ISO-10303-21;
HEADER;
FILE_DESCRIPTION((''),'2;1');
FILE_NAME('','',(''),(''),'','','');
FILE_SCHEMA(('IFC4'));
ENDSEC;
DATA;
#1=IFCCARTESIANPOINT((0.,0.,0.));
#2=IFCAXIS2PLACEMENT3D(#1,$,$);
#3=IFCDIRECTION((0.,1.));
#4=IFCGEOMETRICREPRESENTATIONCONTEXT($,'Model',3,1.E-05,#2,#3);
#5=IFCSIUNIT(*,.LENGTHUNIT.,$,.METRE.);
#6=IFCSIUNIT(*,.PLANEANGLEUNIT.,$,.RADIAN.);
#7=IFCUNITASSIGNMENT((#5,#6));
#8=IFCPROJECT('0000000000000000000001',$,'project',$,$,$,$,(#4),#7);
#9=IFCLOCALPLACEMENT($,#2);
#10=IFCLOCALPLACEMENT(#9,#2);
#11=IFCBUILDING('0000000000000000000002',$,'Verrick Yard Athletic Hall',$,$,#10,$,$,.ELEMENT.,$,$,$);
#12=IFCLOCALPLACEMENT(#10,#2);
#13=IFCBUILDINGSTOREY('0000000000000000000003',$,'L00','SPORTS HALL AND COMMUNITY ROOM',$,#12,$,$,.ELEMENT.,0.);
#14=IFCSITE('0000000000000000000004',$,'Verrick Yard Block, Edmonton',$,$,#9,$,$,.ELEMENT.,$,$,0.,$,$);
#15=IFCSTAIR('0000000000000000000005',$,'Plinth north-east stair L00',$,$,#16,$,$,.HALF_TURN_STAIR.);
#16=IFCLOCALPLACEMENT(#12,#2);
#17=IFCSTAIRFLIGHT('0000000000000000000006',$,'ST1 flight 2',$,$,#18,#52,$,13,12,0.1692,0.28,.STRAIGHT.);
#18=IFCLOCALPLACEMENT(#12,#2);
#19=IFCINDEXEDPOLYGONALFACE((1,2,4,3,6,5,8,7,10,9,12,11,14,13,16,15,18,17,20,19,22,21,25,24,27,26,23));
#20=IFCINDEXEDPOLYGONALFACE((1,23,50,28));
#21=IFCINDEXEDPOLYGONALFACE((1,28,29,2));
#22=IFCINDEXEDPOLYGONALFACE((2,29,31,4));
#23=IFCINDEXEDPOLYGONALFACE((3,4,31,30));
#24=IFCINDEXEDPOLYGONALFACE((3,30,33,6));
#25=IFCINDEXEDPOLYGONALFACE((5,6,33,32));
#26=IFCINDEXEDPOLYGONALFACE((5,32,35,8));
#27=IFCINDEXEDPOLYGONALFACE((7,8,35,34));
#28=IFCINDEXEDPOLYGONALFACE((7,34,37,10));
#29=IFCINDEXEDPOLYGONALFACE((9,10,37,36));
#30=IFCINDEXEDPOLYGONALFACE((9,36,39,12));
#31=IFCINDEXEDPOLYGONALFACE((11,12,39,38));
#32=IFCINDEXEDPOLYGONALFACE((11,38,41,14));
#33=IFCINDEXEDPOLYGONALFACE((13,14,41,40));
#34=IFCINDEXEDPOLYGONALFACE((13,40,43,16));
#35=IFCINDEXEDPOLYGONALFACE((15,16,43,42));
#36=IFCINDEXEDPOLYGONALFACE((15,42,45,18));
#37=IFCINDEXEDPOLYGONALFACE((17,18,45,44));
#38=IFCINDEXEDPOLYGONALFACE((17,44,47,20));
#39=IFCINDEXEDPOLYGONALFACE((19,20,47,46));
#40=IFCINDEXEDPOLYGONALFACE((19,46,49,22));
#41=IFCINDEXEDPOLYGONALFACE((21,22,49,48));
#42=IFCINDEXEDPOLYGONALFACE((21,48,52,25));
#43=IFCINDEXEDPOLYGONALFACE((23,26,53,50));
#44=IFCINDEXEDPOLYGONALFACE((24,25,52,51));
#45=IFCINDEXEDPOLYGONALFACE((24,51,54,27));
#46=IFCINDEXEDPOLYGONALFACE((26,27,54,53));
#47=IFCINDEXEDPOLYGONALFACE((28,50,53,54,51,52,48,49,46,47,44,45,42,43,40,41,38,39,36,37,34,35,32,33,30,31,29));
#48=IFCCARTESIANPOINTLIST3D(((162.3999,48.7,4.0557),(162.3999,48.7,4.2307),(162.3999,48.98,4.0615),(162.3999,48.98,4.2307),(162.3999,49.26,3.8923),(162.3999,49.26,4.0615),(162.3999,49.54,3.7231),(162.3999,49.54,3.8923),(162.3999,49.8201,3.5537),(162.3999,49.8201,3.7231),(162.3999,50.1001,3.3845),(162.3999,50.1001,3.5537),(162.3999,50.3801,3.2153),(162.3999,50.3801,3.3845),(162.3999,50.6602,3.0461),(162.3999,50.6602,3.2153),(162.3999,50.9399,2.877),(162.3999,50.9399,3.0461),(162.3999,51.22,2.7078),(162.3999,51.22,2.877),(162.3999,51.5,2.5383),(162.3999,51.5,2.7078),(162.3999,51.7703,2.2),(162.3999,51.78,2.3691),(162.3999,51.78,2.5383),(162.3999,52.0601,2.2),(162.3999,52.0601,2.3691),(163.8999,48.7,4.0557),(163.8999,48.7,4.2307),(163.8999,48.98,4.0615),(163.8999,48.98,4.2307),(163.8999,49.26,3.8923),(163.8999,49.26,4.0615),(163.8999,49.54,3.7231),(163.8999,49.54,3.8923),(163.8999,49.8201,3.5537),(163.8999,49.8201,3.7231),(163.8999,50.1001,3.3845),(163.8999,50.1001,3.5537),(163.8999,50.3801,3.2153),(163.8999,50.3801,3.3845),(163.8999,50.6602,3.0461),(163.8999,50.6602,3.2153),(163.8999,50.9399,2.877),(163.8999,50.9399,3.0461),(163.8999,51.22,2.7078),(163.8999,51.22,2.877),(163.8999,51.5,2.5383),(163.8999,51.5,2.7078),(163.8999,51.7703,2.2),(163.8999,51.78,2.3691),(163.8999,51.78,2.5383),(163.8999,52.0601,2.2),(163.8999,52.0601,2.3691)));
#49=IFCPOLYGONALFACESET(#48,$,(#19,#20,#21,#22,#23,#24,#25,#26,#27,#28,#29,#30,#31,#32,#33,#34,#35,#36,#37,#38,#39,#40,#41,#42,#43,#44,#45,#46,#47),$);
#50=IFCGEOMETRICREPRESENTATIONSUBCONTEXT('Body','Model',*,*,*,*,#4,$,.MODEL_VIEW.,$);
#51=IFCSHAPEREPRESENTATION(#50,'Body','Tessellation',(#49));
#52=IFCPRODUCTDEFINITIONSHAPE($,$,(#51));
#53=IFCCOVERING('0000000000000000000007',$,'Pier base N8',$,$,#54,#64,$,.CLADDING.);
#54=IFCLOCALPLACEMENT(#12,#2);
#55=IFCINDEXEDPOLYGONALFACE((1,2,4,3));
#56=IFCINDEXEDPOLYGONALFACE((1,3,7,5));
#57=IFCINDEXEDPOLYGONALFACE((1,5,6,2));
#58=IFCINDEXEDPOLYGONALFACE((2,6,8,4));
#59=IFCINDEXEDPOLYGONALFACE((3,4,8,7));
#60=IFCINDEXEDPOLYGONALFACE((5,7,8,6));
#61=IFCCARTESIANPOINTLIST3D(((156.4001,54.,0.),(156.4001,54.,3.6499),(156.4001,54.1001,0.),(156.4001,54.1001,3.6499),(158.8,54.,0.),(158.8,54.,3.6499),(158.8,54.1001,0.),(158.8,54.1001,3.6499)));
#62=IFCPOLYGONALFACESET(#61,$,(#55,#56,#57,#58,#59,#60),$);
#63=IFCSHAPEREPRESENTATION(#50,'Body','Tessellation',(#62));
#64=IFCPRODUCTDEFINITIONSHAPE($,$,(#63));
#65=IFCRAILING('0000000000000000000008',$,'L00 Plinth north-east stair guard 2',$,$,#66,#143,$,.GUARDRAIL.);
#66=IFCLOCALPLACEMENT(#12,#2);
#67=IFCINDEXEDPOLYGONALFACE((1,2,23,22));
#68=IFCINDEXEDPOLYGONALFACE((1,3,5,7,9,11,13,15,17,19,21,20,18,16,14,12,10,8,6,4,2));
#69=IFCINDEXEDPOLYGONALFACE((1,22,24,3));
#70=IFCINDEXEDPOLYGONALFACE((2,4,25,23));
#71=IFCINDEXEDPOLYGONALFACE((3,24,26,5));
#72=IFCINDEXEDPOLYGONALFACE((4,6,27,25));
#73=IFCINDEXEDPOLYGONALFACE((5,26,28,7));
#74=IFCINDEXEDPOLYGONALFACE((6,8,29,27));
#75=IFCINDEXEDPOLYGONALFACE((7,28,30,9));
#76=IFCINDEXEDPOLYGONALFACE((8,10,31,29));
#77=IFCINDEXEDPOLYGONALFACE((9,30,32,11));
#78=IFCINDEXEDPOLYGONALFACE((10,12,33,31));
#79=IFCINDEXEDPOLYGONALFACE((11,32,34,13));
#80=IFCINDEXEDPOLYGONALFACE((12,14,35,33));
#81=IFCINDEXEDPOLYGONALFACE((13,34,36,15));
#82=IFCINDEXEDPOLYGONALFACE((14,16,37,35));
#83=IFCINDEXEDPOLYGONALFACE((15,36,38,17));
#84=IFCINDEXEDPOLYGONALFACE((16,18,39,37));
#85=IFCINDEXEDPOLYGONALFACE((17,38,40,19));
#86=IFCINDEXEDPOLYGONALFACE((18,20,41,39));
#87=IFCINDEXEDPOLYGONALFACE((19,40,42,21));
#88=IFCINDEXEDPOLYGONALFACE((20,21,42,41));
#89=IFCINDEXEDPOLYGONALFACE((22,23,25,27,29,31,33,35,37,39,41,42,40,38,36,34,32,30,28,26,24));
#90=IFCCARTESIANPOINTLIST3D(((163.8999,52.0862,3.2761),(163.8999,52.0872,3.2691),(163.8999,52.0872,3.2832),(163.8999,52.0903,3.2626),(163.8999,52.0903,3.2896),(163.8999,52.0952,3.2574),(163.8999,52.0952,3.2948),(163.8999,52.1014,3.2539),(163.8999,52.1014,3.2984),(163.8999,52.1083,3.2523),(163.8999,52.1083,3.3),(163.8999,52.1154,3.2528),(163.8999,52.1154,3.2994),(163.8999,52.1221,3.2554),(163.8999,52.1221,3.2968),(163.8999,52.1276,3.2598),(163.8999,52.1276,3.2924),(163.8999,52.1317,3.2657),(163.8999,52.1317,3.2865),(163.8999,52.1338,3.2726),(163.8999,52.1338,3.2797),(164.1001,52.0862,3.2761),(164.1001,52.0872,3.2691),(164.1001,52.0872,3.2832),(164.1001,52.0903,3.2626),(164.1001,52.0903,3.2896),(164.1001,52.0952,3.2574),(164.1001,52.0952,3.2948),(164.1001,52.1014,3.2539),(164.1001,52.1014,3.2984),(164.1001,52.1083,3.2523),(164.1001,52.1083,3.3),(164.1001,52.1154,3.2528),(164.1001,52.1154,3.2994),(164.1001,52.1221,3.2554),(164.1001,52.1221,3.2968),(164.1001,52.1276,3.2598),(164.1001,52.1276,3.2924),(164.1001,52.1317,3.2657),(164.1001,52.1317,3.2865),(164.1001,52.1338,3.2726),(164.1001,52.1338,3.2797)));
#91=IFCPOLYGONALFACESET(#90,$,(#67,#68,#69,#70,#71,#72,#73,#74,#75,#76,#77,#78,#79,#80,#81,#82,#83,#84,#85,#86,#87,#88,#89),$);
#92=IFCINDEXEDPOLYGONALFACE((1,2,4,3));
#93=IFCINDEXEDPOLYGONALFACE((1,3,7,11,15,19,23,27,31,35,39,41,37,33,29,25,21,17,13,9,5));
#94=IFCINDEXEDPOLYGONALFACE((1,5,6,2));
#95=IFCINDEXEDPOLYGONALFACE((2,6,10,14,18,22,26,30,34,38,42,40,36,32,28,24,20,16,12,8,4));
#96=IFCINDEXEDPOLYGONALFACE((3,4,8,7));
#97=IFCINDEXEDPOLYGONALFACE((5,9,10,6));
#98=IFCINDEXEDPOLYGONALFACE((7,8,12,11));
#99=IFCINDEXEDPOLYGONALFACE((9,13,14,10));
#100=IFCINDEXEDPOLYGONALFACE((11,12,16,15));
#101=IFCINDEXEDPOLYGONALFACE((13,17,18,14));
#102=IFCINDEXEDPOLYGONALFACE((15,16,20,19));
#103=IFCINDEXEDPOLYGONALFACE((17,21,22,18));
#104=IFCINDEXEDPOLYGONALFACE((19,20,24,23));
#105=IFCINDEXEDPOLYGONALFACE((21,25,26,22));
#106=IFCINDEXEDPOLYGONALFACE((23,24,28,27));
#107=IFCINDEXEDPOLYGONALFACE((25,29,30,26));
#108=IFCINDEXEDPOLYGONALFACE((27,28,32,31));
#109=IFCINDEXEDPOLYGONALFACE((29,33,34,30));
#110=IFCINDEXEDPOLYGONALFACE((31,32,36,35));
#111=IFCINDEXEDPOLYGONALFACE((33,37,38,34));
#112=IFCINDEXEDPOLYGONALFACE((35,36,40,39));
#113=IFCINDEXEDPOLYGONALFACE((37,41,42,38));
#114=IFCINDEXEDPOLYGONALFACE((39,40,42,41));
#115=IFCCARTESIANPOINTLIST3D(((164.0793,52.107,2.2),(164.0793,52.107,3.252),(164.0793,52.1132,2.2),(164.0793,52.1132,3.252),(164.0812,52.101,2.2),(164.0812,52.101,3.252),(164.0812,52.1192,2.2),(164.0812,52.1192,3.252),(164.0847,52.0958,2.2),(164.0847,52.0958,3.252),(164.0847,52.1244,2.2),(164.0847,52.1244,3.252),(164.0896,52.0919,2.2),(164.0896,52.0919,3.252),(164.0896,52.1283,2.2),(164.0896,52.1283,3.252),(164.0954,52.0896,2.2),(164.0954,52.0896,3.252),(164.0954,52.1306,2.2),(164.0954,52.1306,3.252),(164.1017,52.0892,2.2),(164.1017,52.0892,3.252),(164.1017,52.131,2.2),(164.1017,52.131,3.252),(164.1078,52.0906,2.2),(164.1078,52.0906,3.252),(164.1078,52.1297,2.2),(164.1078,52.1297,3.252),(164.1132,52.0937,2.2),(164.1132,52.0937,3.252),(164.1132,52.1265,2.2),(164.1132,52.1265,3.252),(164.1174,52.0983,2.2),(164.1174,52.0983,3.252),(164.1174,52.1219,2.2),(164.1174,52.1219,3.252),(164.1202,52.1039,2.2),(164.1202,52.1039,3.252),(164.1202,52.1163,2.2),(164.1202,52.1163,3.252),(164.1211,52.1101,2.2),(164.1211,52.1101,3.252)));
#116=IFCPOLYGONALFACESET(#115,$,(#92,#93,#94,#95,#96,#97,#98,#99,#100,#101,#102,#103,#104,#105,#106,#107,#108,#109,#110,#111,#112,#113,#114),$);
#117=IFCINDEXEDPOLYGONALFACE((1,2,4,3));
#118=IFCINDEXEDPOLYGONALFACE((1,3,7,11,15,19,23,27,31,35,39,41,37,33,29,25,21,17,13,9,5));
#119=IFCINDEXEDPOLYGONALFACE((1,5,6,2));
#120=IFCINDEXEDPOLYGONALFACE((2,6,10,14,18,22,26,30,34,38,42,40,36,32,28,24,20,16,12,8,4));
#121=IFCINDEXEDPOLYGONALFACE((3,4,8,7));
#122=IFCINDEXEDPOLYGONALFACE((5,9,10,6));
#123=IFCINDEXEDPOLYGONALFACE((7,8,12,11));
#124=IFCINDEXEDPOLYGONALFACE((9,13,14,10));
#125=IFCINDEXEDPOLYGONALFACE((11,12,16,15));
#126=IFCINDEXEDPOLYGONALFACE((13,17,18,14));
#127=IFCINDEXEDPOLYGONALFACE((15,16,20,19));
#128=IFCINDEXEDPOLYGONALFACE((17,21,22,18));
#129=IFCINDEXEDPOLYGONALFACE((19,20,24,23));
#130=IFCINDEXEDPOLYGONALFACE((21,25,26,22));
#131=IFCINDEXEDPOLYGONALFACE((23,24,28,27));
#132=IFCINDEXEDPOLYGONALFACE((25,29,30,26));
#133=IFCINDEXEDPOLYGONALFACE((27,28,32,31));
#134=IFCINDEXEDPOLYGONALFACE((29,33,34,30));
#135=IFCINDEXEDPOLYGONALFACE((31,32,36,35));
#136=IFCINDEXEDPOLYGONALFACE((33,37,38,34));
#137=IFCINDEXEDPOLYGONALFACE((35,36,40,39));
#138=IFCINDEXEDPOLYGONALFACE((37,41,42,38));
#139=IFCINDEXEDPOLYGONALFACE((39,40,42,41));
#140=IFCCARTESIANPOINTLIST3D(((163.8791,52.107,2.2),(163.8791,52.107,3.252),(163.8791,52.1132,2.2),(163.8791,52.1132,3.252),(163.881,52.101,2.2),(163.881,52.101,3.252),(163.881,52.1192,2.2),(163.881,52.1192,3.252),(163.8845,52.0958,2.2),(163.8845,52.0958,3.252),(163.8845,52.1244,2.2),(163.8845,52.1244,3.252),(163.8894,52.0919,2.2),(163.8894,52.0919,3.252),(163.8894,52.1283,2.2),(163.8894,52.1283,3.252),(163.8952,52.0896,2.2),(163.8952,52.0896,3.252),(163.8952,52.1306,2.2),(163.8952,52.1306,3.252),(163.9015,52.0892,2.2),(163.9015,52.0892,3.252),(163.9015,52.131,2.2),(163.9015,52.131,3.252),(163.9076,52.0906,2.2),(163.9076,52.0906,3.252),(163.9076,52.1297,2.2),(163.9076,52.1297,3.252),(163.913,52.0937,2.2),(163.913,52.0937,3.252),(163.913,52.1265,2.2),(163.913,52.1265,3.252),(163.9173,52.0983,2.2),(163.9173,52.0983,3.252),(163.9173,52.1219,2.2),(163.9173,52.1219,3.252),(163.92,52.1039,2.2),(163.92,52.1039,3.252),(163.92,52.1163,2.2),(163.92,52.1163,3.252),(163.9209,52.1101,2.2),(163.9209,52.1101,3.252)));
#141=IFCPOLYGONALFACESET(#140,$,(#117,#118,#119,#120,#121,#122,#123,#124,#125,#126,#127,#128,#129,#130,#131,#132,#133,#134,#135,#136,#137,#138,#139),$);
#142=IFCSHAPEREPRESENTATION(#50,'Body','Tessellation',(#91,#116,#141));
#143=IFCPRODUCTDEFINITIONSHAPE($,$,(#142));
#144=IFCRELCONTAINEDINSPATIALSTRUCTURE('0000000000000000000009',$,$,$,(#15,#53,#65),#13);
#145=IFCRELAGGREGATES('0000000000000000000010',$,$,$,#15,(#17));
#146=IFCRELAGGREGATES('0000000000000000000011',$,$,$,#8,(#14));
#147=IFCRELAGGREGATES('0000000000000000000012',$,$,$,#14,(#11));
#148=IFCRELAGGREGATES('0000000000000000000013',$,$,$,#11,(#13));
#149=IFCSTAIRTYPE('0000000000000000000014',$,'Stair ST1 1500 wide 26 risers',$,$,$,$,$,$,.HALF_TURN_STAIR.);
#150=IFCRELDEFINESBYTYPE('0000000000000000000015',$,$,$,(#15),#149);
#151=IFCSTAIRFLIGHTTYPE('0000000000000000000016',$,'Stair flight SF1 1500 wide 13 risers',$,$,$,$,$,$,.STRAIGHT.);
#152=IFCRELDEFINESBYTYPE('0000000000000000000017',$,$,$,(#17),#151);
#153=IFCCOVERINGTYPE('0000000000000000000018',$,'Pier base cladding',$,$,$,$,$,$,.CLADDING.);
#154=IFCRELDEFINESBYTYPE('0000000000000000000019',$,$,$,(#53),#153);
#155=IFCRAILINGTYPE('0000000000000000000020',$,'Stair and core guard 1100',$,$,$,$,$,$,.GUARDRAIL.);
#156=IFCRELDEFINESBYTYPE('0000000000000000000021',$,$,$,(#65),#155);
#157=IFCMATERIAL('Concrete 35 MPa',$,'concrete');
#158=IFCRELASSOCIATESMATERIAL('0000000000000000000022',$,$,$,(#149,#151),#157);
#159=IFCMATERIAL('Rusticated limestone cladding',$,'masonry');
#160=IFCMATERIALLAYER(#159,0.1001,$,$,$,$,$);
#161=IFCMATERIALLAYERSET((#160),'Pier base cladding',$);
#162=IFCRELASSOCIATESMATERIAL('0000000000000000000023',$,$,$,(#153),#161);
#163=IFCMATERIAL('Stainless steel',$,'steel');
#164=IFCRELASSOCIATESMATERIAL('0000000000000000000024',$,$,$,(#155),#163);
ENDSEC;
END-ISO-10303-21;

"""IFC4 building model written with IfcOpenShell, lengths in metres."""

from ifc_helpers import new_model, si_unit, direction, frame, origin, origin_2d, place, context, subcontext, project, spatial, polyline, rectangle, circle, outline, extrude, material, layer, layer_set, type_object, element, aggregate, save


model = new_model("IFC4")

# Units and contexts
model_context = context("Model", 3, precision=1e-05, world=origin(), true_north=direction((0.0, 1.0)))
body_context = subcontext(model_context, "Body", "Model", "MODEL_VIEW")
ifc_project = project(units=[si_unit("LENGTHUNIT", "METRE"), si_unit("PLANEANGLEUNIT", "RADIAN")], contexts=[model_context])

# Site, building, storey
site_placement = place(None, origin())
site = spatial("IfcSite", under=ifc_project, at=site_placement, Name="Verrick Yard Block, Edmonton", CompositionType="ELEMENT", RefElevation=0.0)
building_placement = place(site_placement, origin())
building = spatial("IfcBuilding", under=site, at=building_placement, Name="Verrick Yard Athletic Hall", CompositionType="ELEMENT")
storey_placement = place(building_placement, origin())
storey = spatial("IfcBuildingStorey", under=building, at=storey_placement, Name="L00", Description="SPORTS HALL AND COMMUNITY ROOM", CompositionType="ELEMENT", Elevation=0.0)

# Shared definitions
ifc_material_1 = material(Name="Concrete 35 MPa", Category="concrete")

# Stair, stair flight
stair_type = type_object("IfcStairType", Name="Stair ST1 1500 wide 26 risers", PredefinedType="HALF_TURN_STAIR", material=ifc_material_1)
stair_placement = place(storey_placement, origin())
stair = element("IfcStair", 1, at=stair_placement, inside=storey, type_object=stair_type, Name="Plinth north-east stair L00", PredefinedType="HALF_TURN_STAIR")
stair_flight_type = type_object("IfcStairFlightType", Name="Stair flight SF1 1500 wide 13 risers", PredefinedType="STRAIGHT", material=ifc_material_1)
stair_flight_placement = place(storey_placement, frame((163.1499, 52.0601, 2.2), z_axis=(0.0, 0.0, 1.0), x_axis=(0.0, -1.0, 0.0)))
stair_flight = element("IfcStairFlight", 2, at=stair_flight_placement, type_object=stair_flight_type, Name="ST1 flight 2", NumberOfRisers=13, NumberOfTreads=12, PredefinedType="STRAIGHT", RiserHeight=0.1692, TreadLength=0.28, context=body_context, shape_type="SweptSolid", body=[
    extrude(outline(polyline([(0.0, 0.0), (0.0, 0.1692), (0.28, 0.1692), (0.28, 0.3384), (0.5601, 0.3384), (0.5601, 0.5078), (0.8401, 0.5078), (0.8401, 0.677), (1.1201, 0.677), (1.1201, 0.8462), (1.3999, 0.8462), (1.3999, 1.0154), (1.6799, 1.0154), (1.6799, 1.1846), (1.96, 1.1846), (1.96, 1.3538), (2.24, 1.3538), (2.24, 1.5232), (2.52, 1.5232), (2.52, 1.6924), (2.8, 1.6924), (2.8, 1.8616), (3.0801, 1.8616), (3.0801, 2.0308), (3.3601, 2.0308), (3.3601, 2.2), (3.3601, 1.8557), (0.2898, 0.0), (0.0, 0.0)])), frame((0.0, 0.75, 0.0), z_axis=(0.0, -1.0, 0.0), x_axis=(1.0, 0.0, 0.0)), (0.0, 0.0, 1.0), 1.5),
])
aggregate(stair, [stair_flight])

# Covering
ifc_material_2 = material(Name="Rusticated limestone cladding", Category="masonry")
ifc_layer_1 = layer(ifc_material_2, 0.1001)
ifc_layer_set_1 = layer_set([ifc_layer_1], Name="Pier base cladding")
covering_type_1 = type_object("IfcCoveringType", Name="Pier base cladding", PredefinedType="CLADDING", material=ifc_layer_set_1)
covering_1_placement = place(storey_placement, frame((157.6001, 54.05, 0.0), z_axis=(0.0, 0.0, 1.0), x_axis=(1.0, 0.0, 0.0)))
element("IfcCovering", 3, at=covering_1_placement, inside=storey, type_object=covering_type_1, Name="Pier base N8", PredefinedType="CLADDING", context=body_context, shape_type="SweptSolid", body=[
    extrude(rectangle(XDim=2.3999, YDim=0.1001, at=origin_2d()), origin(), (0.0, 0.0, 1.0), 3.6499),
])

# Railing
ifc_material_3 = material(Name="Stainless steel", Category="steel")
railing_type_1 = type_object("IfcRailingType", Name="Stair and core guard 1100", PredefinedType="GUARDRAIL", material=ifc_material_3)
railing_1_placement = place(storey_placement, frame((164.1001, 52.1101, 2.2)))
element("IfcRailing", 4, at=railing_1_placement, inside=storey, type_object=railing_type_1, Name="L00 Plinth north-east stair guard 2", PredefinedType="GUARDRAIL", context=body_context, shape_type="SweptSolid", body=[
    extrude(circle(Radius=0.0239, at=origin_2d()), frame((0.0, 0.0, 1.0762), z_axis=(-1.0, 0.0, 0.0), x_axis=(0.0, -1.0, 0.0)), (0.0, 0.0, 1.0), 0.2002),
    extrude(circle(Radius=0.021, at=origin_2d()), origin(), (0.0, 0.0, 1.0), 1.052),
    extrude(circle(Radius=0.021, at=origin_2d()), frame((-0.2002, 0.0, 0.0)), (0.0, 0.0, 1.0), 1.052),
])

save(model, "model.ifc")
